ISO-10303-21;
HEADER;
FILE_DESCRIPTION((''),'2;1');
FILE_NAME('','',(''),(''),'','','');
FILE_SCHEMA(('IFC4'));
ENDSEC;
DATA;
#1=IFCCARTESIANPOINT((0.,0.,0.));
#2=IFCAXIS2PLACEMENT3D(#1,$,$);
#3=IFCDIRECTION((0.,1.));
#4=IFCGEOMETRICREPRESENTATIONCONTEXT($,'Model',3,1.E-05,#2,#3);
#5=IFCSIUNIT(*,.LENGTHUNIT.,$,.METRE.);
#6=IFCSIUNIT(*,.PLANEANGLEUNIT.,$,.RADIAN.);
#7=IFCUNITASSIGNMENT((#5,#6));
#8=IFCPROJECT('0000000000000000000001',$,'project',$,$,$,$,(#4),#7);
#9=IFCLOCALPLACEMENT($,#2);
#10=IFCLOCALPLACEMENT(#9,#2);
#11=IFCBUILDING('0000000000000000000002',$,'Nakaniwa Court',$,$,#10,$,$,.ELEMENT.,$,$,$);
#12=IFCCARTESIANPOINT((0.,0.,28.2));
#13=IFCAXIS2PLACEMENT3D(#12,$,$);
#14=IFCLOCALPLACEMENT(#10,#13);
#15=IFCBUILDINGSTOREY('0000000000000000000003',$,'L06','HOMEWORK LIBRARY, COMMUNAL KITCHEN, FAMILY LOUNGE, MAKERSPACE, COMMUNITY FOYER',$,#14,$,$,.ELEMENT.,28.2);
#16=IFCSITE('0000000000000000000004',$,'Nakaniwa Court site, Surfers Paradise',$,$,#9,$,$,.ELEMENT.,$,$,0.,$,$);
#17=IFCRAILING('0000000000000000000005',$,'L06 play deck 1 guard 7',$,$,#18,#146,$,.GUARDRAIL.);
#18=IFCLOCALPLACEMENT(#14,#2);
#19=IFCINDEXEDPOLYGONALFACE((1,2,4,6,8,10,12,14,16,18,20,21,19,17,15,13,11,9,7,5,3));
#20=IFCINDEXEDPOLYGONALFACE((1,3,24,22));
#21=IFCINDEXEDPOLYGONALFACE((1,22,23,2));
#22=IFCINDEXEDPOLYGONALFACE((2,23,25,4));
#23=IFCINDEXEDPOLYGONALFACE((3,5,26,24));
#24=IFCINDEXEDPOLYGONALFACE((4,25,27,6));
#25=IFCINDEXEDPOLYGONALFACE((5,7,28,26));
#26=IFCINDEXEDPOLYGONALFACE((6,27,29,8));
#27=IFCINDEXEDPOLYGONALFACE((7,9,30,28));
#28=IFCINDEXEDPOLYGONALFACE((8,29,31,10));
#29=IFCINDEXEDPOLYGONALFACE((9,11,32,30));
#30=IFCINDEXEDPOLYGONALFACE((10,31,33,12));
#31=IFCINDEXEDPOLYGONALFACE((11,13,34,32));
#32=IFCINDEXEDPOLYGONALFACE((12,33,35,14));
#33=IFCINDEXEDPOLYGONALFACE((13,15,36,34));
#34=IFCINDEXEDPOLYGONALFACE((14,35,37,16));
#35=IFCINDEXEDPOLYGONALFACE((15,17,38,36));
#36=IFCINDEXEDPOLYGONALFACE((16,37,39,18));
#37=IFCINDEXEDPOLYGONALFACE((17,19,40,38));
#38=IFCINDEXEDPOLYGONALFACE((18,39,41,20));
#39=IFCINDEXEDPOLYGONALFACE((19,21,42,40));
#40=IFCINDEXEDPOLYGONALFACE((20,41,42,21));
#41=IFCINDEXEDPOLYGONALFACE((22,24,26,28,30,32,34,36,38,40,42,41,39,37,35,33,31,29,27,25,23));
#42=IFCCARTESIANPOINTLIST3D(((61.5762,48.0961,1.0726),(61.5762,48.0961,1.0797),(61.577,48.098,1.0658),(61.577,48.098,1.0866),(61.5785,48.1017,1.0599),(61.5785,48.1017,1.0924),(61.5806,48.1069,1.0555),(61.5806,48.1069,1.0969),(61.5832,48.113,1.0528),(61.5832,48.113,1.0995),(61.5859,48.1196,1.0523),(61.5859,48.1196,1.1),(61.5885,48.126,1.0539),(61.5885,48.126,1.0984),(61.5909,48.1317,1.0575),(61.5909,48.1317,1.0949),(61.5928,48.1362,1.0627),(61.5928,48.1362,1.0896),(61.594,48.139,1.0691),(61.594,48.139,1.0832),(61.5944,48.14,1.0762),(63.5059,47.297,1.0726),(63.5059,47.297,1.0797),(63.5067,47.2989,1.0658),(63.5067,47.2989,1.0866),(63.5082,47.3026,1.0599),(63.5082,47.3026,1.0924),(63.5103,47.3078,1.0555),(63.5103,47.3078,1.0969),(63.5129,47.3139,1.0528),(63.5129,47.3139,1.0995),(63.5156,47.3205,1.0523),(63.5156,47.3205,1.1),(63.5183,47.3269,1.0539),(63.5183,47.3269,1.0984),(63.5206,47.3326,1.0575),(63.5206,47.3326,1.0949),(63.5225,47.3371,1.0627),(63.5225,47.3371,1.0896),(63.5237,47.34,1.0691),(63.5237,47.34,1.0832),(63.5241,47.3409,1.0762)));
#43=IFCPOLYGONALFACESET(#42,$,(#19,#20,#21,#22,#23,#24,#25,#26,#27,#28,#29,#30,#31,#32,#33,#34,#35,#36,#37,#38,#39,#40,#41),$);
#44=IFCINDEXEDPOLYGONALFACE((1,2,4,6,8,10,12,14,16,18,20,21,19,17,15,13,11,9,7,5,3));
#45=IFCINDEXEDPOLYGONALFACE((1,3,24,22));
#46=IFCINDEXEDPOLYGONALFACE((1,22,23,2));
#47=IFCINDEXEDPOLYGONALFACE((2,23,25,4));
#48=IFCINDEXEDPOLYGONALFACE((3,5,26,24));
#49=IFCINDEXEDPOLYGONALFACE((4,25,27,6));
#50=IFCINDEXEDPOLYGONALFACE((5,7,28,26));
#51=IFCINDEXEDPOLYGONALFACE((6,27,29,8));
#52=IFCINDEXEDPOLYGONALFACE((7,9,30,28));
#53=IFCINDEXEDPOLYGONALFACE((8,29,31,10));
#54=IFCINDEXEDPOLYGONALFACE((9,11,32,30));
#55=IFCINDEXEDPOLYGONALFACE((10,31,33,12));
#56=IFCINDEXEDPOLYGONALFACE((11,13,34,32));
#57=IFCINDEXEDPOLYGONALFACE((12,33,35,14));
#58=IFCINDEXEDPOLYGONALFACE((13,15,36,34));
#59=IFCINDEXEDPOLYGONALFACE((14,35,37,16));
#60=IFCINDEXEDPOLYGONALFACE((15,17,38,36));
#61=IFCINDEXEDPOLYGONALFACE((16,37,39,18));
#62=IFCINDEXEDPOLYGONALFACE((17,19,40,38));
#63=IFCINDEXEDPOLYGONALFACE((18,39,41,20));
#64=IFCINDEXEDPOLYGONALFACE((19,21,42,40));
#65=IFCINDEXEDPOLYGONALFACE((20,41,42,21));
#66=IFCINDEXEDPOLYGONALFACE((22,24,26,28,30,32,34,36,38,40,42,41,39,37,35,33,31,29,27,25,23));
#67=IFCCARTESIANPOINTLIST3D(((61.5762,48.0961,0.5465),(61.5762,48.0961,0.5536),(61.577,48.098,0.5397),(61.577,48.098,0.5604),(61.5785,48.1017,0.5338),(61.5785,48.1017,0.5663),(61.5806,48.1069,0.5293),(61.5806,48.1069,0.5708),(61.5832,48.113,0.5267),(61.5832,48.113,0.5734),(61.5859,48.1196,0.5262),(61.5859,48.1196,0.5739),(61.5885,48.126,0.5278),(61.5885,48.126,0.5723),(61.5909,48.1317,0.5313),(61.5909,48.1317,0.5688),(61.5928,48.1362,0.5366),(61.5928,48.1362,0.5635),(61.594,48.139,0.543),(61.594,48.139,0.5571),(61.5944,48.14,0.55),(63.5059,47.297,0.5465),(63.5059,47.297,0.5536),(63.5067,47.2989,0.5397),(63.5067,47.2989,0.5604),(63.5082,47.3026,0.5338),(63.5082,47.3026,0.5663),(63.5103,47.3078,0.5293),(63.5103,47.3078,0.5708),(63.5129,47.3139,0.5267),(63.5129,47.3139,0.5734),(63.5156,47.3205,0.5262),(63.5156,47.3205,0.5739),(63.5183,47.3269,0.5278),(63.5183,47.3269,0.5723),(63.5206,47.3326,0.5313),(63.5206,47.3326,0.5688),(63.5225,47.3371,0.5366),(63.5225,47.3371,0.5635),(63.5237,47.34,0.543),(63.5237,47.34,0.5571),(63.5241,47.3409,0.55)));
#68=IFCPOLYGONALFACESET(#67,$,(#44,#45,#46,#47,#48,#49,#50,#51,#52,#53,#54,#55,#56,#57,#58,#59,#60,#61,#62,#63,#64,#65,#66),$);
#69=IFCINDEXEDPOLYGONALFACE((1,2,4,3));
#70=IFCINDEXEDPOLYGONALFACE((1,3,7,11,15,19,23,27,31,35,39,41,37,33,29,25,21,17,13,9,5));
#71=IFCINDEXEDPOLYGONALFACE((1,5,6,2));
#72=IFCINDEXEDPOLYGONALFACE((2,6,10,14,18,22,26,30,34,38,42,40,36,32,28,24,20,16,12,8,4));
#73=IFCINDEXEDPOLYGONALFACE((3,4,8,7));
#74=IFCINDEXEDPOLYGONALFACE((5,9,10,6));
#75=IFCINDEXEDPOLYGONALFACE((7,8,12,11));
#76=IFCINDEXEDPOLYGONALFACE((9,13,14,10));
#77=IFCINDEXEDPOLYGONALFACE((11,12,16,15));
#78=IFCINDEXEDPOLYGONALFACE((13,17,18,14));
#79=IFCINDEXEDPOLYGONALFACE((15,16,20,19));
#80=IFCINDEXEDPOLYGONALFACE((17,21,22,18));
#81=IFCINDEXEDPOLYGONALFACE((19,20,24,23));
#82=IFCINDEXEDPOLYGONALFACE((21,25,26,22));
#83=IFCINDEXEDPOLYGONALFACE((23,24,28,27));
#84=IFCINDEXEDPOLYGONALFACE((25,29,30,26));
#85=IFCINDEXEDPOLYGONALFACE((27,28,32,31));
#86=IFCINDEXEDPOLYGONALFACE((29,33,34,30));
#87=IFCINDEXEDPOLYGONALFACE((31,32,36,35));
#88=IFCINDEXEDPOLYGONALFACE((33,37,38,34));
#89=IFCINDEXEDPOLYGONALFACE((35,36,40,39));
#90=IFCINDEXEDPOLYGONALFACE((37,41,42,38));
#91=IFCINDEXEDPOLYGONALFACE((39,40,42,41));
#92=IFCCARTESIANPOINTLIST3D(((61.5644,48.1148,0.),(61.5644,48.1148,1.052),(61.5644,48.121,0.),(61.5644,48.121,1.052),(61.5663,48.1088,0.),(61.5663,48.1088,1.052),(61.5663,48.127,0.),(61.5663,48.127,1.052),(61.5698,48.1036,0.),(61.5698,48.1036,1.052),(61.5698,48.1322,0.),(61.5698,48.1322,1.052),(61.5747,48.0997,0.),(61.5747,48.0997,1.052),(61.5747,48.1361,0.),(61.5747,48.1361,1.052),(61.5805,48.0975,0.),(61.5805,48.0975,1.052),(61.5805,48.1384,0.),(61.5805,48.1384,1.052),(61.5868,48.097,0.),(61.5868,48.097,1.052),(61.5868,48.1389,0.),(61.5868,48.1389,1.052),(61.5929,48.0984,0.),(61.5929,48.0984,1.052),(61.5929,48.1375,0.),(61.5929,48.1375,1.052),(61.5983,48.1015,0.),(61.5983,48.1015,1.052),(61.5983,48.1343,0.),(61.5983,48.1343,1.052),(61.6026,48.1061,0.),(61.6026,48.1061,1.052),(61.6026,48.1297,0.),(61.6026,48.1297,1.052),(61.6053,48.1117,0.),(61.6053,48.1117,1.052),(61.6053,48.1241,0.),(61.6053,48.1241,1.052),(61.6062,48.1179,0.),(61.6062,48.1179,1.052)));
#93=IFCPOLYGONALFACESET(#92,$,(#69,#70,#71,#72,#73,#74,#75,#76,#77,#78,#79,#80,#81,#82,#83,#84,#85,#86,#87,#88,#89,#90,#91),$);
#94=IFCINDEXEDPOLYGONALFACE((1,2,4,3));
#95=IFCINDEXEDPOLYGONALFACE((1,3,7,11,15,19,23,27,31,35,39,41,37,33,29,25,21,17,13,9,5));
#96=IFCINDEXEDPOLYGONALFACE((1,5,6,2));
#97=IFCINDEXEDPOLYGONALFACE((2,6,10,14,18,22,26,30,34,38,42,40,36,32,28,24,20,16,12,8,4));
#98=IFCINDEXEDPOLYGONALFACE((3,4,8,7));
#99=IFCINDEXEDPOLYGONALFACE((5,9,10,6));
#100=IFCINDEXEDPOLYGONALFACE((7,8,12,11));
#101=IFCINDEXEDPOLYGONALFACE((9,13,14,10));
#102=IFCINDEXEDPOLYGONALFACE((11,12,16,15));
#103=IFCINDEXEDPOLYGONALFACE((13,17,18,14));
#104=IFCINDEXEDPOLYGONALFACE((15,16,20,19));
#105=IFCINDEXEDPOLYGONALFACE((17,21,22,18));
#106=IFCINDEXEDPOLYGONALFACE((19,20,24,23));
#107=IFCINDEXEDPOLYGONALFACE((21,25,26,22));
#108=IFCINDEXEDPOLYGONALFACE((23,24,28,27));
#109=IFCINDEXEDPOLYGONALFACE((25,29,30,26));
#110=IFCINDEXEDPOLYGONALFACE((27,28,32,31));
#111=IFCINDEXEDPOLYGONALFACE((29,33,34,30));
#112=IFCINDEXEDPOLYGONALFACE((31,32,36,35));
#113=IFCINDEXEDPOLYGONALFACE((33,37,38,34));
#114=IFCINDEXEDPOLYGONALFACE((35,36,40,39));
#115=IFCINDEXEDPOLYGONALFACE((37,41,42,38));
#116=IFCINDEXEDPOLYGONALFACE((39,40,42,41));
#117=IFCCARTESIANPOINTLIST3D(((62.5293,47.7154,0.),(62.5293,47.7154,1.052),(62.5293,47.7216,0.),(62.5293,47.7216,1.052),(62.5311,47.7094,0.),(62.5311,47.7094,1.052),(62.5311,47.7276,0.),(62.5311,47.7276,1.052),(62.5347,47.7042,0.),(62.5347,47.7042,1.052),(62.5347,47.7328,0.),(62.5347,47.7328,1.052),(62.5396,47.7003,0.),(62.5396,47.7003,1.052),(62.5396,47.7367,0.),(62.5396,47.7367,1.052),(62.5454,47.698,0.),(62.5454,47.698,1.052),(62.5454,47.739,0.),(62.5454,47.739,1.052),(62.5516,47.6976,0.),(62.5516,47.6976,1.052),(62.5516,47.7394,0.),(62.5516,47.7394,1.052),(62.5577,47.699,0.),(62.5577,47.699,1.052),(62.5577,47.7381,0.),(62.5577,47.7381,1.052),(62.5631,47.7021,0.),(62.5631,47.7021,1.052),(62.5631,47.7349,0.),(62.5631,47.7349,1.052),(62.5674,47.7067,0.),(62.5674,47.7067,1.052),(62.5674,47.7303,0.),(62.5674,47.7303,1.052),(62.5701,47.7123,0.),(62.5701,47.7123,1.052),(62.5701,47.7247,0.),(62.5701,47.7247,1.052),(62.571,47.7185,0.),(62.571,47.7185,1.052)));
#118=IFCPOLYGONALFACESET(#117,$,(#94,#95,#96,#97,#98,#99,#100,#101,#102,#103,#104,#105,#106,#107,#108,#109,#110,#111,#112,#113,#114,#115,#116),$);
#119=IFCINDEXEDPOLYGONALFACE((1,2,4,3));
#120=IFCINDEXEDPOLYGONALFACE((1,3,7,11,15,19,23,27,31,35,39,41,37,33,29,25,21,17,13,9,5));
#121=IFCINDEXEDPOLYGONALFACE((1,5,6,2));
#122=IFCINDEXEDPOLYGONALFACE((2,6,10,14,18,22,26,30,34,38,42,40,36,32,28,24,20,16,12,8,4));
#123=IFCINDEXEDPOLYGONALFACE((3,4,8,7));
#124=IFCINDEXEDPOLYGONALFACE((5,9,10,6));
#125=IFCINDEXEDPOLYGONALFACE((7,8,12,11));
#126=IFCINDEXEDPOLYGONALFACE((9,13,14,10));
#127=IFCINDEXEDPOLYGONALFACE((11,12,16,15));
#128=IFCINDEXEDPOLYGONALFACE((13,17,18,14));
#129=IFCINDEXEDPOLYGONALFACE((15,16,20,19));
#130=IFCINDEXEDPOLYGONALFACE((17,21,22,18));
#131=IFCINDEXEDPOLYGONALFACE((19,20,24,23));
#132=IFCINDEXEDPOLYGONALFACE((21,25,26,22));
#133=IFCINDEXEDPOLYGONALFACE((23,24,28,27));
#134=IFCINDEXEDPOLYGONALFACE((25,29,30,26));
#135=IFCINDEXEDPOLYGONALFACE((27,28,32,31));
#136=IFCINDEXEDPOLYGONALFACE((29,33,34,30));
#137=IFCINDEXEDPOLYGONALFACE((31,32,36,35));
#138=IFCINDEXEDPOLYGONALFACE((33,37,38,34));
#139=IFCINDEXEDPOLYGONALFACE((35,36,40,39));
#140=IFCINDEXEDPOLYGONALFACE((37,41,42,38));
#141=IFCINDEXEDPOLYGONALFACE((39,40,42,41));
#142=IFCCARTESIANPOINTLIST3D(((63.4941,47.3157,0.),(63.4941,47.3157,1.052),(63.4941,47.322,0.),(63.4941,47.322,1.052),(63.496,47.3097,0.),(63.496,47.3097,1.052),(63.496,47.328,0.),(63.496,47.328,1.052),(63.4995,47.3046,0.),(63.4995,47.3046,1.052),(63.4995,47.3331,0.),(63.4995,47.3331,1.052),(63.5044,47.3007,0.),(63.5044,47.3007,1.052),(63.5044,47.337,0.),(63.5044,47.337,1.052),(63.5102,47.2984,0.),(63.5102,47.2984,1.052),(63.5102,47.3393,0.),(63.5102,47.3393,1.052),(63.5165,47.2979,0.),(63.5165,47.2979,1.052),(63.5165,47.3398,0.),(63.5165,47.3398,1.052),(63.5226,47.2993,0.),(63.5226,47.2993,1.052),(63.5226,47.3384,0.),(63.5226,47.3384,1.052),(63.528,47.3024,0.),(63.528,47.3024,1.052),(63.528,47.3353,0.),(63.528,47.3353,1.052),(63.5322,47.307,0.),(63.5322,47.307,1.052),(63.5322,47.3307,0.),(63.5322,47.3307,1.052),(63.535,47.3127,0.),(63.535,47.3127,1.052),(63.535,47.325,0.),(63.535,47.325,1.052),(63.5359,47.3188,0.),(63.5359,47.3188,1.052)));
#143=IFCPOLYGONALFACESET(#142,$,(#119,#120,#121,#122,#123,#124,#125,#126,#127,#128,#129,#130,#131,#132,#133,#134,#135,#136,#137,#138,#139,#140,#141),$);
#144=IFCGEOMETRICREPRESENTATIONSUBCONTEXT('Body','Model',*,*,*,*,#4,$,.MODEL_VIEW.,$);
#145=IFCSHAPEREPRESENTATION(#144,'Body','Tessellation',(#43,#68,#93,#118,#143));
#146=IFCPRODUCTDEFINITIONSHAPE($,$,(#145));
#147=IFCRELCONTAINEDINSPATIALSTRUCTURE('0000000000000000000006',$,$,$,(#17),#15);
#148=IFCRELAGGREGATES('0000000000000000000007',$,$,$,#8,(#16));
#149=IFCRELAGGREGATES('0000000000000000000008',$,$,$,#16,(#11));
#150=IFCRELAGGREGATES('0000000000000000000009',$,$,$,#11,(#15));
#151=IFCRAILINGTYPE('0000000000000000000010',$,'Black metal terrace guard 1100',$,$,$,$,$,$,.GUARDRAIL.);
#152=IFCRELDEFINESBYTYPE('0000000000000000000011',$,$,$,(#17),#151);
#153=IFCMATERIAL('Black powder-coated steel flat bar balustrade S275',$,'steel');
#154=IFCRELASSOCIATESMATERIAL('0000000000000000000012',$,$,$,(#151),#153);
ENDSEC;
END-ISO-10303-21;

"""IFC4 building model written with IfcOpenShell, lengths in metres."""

from ifc_helpers import new_model, si_unit, direction, frame, origin, origin_2d, place, context, subcontext, project, spatial, circle, extrude, material, type_object, element, save


model = new_model("IFC4")

# Units and contexts
model_context = context("Model", 3, precision=1e-05, world=origin(), true_north=direction((0.0, 1.0)))
body_context = subcontext(model_context, "Body", "Model", "MODEL_VIEW")
ifc_project = project(units=[si_unit("LENGTHUNIT", "METRE"), si_unit("PLANEANGLEUNIT", "RADIAN")], contexts=[model_context])

# Site, building, storey
site_placement = place(None, origin())
site = spatial("IfcSite", under=ifc_project, at=site_placement, Name="Nakaniwa Court site, Surfers Paradise", CompositionType="ELEMENT", RefElevation=0.0)
building_placement = place(site_placement, origin())
building = spatial("IfcBuilding", under=site, at=building_placement, Name="Nakaniwa Court", CompositionType="ELEMENT")
storey_placement = place(building_placement, frame((0.0, 0.0, 28.2)))
storey = spatial("IfcBuildingStorey", under=building, at=storey_placement, Name="L06", Description="HOMEWORK LIBRARY, COMMUNAL KITCHEN, FAMILY LOUNGE, MAKERSPACE, COMMUNITY FOYER", CompositionType="ELEMENT", Elevation=28.2)

# Railing
ifc_material_1 = material(Name="Black powder-coated steel flat bar balustrade S275", Category="steel")
railing_type = type_object("IfcRailingType", Name="Black metal terrace guard 1100", PredefinedType="GUARDRAIL", material=ifc_material_1)
railing_1_placement = place(storey_placement, frame((61.5852, 48.1179, 0.0)))
element("IfcRailing", 1, at=railing_1_placement, inside=storey, type_object=railing_type, Name="L06 play deck 1 guard 7", PredefinedType="GUARDRAIL", context=body_context, shape_type="SweptSolid", body=[
    extrude(circle(Radius=0.0239, at=origin_2d()), frame((0.0, 0.0, 1.0762), z_axis=(0.923919, -0.382589, 0.0), x_axis=(0.382589, 0.923919, 0.0)), (0.0, 0.0, 1.0), 2.0886),
    extrude(circle(Radius=0.0239, at=origin_2d()), frame((0.0, 0.0, 0.55), z_axis=(0.923919, -0.382589, 0.0), x_axis=(0.382589, 0.923919, 0.0)), (0.0, 0.0, 1.0), 2.0886),
    extrude(circle(Radius=0.021, at=origin_2d()), origin(), (0.0, 0.0, 1.0), 1.052),
    extrude(circle(Radius=0.021, at=origin_2d()), frame((0.9648, -0.3994, 0.0)), (0.0, 0.0, 1.0), 1.052),
    extrude(circle(Radius=0.021, at=origin_2d()), frame((1.9297, -0.7991, 0.0)), (0.0, 0.0, 1.0), 1.052),
])

save(model, "model.ifc")
